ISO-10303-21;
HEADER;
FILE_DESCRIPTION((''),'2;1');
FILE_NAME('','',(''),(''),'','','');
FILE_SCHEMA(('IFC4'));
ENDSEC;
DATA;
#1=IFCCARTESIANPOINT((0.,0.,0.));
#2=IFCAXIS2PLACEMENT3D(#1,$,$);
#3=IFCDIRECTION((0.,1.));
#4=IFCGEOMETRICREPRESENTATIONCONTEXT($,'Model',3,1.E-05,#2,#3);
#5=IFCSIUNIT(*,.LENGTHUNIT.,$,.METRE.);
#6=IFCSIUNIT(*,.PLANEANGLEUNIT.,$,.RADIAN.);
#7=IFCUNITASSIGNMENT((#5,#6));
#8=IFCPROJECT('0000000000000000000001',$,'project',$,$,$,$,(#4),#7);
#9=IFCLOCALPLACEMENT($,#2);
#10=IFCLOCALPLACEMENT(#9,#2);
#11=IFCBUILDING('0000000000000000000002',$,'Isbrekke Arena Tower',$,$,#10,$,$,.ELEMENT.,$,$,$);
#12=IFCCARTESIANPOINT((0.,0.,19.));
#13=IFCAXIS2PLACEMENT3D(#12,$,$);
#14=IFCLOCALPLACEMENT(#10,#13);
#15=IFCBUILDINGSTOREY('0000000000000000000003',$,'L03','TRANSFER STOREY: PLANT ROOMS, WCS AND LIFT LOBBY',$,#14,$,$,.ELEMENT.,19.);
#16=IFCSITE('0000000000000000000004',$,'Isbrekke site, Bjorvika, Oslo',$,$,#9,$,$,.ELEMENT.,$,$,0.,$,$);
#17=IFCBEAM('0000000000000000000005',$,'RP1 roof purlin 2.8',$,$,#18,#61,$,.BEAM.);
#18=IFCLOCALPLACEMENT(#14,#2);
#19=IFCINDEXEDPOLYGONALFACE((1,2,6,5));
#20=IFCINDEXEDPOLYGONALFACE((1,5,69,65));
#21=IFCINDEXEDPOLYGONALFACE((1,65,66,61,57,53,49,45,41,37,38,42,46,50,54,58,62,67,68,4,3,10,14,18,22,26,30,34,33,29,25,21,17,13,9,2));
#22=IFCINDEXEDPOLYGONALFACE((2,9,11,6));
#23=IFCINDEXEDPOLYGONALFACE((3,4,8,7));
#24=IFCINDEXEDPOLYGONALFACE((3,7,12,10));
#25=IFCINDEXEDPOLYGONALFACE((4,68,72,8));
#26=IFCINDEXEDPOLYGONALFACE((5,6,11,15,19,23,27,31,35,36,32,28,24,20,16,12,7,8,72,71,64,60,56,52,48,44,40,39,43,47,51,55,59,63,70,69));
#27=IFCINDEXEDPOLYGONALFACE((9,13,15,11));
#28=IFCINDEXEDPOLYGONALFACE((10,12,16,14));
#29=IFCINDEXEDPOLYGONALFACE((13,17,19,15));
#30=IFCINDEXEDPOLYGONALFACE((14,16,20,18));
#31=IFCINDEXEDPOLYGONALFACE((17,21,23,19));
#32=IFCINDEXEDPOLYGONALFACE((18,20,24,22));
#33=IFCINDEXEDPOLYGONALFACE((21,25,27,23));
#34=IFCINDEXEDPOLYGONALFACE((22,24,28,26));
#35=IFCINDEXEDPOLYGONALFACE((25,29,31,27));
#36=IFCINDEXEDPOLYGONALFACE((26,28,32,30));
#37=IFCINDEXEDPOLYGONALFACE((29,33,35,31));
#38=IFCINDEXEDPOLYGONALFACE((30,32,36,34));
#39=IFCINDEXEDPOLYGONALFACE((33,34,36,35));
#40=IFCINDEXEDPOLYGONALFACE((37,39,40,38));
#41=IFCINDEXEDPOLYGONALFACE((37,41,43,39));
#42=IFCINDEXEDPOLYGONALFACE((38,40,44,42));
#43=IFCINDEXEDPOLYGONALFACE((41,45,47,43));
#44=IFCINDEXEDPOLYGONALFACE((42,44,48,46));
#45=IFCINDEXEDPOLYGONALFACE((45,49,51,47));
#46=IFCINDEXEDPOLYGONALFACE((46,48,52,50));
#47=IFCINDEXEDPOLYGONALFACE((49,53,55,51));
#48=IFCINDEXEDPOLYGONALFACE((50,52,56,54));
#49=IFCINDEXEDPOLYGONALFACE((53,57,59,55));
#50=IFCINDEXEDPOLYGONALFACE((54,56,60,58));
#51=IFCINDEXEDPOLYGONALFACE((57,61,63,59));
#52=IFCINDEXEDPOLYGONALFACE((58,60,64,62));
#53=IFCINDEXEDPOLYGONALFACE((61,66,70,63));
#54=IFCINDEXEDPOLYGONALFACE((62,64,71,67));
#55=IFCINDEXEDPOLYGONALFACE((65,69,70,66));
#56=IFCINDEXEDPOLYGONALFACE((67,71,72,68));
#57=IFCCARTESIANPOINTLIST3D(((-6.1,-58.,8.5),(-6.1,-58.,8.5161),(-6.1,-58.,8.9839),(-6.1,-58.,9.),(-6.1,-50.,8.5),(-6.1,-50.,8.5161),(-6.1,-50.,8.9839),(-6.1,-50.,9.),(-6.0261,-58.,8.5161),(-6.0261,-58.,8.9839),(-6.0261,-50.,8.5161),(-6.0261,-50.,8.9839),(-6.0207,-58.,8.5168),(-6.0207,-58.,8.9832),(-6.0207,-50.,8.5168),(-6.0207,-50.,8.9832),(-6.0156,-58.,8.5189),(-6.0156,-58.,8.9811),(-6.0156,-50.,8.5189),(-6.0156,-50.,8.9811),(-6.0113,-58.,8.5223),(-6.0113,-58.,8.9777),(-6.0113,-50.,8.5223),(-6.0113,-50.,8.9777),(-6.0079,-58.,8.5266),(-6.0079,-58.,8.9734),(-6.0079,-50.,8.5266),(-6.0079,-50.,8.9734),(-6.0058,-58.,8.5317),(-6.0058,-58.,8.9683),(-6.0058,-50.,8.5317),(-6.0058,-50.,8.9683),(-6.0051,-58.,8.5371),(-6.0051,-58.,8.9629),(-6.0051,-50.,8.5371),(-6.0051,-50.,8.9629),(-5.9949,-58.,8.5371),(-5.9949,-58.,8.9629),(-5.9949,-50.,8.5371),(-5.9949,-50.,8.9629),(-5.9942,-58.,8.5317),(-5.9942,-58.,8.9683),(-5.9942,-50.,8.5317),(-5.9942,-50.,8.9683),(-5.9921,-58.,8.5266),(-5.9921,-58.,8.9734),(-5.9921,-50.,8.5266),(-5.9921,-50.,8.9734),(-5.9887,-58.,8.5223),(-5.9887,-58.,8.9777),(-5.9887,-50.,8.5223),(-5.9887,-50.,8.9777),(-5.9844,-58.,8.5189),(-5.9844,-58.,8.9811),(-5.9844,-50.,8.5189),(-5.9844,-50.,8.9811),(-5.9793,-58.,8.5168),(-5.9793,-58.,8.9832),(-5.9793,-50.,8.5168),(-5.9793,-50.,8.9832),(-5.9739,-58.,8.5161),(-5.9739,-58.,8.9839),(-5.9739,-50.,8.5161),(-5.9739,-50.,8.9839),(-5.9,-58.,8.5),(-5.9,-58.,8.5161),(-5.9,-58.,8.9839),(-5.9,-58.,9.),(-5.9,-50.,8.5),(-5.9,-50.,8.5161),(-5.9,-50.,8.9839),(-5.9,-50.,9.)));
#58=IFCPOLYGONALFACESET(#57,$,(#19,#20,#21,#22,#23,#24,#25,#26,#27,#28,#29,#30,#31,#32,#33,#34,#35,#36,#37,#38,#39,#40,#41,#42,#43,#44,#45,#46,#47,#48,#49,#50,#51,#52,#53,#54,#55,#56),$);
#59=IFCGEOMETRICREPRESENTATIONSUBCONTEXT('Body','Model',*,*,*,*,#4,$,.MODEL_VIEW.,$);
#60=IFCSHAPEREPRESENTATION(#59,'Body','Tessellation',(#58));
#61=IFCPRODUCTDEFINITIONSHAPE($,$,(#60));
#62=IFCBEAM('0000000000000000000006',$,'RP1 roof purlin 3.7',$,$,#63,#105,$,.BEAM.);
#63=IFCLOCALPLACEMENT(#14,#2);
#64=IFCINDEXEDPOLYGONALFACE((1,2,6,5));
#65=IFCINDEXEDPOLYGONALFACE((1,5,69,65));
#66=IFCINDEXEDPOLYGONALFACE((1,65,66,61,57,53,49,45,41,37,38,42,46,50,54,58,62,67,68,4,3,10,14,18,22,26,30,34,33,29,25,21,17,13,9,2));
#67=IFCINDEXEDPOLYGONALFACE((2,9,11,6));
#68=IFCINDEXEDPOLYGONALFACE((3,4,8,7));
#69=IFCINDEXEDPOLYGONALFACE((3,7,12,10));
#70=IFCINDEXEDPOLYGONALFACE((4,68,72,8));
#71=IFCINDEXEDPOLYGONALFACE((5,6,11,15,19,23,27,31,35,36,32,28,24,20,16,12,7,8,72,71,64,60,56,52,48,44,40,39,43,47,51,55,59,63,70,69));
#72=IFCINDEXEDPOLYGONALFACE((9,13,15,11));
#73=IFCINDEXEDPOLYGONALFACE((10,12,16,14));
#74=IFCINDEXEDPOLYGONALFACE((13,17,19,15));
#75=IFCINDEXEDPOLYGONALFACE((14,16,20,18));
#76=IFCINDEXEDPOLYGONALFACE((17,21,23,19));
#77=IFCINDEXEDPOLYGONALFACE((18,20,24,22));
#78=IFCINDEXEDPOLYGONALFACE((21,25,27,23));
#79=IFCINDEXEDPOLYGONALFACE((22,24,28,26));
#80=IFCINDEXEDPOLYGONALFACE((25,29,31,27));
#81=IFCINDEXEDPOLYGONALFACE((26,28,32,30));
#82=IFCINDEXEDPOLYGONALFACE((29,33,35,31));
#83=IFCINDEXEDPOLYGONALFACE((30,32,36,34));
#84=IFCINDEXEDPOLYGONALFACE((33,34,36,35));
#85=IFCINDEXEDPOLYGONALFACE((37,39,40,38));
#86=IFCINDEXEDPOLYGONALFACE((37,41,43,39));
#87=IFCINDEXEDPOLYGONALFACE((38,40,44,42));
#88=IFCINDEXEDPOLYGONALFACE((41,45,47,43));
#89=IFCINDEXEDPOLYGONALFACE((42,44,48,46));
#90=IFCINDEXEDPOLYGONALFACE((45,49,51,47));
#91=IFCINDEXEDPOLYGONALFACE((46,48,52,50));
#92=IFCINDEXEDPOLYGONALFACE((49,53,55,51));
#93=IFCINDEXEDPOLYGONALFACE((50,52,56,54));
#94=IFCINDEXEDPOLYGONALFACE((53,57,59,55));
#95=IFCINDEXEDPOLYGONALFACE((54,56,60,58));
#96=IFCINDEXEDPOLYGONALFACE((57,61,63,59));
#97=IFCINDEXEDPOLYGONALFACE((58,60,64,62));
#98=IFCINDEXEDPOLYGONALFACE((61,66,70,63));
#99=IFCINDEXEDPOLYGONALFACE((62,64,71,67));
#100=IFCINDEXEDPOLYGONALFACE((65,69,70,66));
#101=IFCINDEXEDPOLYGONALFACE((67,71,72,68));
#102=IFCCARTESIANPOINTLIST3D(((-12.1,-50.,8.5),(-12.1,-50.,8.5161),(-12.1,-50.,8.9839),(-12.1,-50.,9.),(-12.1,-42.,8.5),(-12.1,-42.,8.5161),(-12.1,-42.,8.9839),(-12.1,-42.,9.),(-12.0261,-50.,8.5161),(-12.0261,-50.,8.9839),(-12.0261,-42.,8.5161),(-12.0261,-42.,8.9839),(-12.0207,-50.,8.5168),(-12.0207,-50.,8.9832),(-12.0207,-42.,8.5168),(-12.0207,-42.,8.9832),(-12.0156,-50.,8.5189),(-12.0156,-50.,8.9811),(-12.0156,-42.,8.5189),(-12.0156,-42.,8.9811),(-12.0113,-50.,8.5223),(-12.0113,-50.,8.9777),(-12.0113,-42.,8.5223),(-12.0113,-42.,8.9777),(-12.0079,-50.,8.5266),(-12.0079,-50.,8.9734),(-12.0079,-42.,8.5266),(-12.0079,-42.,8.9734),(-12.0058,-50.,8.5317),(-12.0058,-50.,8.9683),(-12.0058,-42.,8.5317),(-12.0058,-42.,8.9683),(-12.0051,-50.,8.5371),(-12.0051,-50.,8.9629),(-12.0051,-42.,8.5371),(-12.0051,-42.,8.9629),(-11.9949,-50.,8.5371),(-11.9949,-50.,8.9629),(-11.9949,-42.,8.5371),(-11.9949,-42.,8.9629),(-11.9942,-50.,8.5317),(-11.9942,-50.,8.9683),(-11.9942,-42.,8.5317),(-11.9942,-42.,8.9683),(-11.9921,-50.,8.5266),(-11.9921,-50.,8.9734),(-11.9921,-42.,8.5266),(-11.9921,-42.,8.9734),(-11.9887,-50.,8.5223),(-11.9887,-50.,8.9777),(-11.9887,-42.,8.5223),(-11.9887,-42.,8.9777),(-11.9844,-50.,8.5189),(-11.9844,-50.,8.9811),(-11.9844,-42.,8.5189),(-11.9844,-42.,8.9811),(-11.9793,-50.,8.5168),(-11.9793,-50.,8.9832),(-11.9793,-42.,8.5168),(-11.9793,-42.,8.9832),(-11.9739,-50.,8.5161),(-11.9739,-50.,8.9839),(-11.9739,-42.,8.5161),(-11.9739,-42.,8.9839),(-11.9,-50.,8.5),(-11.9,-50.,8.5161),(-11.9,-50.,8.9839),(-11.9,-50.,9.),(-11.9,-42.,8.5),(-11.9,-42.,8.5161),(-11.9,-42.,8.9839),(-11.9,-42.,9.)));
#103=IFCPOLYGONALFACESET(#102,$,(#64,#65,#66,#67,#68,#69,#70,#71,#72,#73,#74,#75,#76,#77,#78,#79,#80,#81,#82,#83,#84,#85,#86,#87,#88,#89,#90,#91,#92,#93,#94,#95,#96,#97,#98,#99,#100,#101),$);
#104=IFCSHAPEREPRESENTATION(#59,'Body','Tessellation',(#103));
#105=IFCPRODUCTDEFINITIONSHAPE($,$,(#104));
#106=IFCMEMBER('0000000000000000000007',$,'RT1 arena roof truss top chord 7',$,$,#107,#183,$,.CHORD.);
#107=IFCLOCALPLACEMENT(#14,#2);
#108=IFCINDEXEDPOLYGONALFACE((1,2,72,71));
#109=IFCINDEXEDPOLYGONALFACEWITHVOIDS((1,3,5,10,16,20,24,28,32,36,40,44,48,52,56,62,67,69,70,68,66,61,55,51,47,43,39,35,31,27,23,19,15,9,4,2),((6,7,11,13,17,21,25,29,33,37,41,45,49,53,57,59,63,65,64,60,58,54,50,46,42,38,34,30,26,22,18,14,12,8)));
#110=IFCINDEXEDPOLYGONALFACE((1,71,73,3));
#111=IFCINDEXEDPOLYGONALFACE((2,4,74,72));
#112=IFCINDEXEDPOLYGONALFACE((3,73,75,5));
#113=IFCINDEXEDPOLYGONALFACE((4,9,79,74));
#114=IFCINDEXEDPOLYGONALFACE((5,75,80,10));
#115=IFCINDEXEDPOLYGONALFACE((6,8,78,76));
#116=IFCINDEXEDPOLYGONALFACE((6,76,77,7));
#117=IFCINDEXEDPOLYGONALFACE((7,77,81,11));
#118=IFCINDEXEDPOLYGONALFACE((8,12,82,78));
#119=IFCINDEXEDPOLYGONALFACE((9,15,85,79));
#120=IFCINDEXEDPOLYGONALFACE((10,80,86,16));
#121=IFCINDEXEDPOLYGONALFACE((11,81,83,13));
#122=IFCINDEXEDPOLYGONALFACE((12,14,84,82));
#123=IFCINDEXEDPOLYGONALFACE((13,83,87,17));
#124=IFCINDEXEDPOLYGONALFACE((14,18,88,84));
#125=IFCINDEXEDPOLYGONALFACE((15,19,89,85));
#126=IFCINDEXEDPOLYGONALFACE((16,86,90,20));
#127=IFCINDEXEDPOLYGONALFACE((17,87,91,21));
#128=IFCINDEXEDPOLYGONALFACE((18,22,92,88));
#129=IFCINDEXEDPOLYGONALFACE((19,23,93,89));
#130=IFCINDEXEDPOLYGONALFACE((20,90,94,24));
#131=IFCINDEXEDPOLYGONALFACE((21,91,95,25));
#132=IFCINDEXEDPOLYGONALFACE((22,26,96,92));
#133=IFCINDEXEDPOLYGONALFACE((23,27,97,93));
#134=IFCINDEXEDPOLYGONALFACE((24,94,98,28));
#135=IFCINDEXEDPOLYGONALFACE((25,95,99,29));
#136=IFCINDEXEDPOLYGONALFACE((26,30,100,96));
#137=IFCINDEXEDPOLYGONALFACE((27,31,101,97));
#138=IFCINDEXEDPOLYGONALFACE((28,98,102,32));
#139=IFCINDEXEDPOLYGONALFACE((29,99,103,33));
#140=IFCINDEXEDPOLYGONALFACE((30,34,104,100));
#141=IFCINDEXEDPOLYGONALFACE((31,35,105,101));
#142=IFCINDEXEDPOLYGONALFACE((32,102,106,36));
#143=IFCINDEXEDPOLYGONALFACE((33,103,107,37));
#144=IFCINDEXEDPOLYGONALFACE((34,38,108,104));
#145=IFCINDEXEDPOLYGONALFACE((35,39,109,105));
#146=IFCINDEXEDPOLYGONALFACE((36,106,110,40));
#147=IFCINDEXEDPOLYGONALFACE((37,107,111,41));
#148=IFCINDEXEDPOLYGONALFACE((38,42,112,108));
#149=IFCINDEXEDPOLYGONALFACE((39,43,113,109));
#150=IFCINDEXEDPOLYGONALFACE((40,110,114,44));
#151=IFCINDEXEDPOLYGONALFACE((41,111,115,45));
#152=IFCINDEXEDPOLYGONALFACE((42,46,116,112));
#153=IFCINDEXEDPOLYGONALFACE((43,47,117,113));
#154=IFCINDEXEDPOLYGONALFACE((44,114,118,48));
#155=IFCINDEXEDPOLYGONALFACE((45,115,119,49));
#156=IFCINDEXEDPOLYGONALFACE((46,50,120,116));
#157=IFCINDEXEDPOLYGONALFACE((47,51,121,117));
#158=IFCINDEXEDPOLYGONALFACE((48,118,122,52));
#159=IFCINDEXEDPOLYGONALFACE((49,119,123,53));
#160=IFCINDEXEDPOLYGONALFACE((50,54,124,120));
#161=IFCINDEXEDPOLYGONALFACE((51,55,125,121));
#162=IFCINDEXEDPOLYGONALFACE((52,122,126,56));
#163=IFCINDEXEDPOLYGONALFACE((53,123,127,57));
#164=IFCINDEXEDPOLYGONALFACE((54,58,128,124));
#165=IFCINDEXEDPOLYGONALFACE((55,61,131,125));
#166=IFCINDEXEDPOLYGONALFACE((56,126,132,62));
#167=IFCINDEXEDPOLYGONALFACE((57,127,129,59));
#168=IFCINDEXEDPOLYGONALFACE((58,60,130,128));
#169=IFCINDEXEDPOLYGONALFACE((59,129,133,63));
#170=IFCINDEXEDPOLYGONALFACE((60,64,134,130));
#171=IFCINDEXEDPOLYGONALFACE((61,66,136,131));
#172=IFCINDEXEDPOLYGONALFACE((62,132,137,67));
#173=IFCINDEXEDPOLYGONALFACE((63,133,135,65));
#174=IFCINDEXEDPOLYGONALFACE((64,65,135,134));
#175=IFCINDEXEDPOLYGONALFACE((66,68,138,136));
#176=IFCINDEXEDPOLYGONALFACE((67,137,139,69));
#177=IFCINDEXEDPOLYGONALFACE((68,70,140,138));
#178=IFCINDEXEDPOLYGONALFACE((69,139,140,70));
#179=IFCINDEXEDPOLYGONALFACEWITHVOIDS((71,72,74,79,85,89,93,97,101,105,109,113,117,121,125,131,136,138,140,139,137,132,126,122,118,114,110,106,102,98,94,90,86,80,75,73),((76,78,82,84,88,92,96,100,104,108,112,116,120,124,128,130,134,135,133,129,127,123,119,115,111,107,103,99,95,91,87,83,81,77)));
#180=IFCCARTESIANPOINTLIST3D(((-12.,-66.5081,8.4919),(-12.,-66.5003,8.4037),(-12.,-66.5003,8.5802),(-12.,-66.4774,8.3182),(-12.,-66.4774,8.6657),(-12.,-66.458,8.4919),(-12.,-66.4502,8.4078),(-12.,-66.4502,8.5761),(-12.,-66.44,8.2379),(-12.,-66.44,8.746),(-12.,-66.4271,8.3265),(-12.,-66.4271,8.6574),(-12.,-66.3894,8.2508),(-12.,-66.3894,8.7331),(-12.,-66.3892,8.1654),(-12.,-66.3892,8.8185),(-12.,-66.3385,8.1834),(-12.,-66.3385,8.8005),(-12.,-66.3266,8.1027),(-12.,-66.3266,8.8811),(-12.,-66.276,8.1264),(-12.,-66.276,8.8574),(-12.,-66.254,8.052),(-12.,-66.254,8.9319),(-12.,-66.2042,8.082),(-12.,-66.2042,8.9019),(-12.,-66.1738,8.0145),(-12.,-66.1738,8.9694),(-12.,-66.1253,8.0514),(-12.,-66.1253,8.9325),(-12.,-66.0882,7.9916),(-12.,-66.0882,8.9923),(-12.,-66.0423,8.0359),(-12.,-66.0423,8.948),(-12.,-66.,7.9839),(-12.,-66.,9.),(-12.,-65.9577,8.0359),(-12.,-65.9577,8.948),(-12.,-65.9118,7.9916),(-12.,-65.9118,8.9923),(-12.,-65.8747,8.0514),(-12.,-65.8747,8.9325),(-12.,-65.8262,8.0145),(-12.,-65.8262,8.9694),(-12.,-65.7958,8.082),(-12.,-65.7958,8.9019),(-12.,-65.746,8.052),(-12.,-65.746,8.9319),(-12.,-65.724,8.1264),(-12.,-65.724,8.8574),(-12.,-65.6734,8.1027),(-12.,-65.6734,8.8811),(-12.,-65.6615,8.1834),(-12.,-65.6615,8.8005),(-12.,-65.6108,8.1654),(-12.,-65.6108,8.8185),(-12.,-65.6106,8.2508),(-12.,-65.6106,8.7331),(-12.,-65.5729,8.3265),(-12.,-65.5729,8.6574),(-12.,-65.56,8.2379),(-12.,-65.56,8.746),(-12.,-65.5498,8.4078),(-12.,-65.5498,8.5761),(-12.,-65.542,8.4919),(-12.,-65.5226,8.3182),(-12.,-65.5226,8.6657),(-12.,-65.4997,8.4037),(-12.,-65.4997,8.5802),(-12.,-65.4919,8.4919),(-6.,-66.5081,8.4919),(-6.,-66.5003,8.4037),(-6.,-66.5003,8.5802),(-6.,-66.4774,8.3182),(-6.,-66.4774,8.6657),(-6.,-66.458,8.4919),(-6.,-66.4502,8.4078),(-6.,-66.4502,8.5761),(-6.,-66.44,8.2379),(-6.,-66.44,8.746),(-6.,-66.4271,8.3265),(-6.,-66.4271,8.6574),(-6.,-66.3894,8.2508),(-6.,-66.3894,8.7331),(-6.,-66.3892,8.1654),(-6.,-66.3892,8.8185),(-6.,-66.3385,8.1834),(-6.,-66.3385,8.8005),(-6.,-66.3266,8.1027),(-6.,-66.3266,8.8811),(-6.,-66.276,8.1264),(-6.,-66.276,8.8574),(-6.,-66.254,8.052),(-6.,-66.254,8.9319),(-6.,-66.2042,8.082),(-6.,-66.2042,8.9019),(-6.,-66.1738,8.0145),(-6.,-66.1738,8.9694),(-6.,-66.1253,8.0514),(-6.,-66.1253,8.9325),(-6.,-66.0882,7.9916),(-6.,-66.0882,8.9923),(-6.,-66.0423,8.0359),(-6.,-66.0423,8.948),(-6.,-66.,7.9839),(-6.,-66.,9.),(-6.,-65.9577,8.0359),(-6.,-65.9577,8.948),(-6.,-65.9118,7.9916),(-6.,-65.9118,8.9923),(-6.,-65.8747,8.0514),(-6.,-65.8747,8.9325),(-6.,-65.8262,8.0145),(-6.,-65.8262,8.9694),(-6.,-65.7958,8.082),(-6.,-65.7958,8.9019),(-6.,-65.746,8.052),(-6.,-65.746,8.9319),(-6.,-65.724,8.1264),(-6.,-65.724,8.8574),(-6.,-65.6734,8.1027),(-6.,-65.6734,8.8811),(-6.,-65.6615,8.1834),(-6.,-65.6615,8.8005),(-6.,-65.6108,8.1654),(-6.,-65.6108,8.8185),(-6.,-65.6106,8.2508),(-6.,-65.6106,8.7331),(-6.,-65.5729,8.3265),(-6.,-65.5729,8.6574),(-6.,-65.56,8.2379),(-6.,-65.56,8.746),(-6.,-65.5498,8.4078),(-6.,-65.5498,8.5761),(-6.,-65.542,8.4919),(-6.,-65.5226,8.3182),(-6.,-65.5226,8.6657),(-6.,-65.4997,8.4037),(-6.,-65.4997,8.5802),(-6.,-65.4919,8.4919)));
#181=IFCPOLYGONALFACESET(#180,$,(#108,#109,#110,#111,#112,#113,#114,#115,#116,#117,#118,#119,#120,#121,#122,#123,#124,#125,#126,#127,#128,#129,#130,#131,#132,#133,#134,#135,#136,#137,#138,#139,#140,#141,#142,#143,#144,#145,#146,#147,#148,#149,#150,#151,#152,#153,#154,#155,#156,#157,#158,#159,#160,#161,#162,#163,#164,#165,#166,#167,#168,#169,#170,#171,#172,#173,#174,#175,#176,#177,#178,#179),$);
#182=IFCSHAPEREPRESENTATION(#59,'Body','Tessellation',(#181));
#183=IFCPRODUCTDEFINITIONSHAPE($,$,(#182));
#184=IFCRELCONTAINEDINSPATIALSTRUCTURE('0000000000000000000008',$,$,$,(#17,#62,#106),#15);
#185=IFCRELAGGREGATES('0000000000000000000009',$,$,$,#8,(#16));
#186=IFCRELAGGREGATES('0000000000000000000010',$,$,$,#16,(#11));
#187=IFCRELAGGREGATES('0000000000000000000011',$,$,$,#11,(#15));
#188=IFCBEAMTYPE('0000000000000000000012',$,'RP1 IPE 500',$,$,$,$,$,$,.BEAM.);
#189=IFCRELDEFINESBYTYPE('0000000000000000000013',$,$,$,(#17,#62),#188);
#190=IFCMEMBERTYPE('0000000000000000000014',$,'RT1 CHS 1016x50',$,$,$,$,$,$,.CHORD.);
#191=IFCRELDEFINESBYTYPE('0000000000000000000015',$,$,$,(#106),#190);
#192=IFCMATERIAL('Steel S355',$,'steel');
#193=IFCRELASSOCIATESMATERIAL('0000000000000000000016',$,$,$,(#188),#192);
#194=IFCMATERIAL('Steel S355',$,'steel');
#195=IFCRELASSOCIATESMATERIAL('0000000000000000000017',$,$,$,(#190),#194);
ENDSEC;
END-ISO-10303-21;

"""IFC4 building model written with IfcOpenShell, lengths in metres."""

from ifc_helpers import new_model, si_unit, direction, frame, origin, origin_2d, place, context, subcontext, project, spatial, hollow_circle, i_section, extrude, material, material_profile, profile_set, type_object, element, save


model = new_model("IFC4")

# Units and contexts
model_context = context("Model", 3, precision=1e-05, world=origin(), true_north=direction((0.0, 1.0)))
body_context = subcontext(model_context, "Body", "Model", "MODEL_VIEW")
ifc_project = project(units=[si_unit("LENGTHUNIT", "METRE"), si_unit("PLANEANGLEUNIT", "RADIAN")], contexts=[model_context])

# Site, building, storey
site_placement = place(None, origin())
site = spatial("IfcSite", under=ifc_project, at=site_placement, Name="Isbrekke site, Bjorvika, Oslo", CompositionType="ELEMENT", RefElevation=0.0)
building_placement = place(site_placement, origin())
building = spatial("IfcBuilding", under=site, at=building_placement, Name="Isbrekke Arena Tower", CompositionType="ELEMENT")
storey_placement = place(building_placement, frame((0.0, 0.0, 19.0)))
storey = spatial("IfcBuildingStorey", under=building, at=storey_placement, Name="L03", Description="TRANSFER STOREY: PLANT ROOMS, WCS AND LIFT LOBBY", CompositionType="ELEMENT", Elevation=19.0)

# Beams
ifc_material_1 = material(Name="Steel S355", Category="steel")
ifc_material_profile_1 = material_profile(ifc_material_1, i_section(OverallWidth=0.2, OverallDepth=0.5, WebThickness=0.0103, FlangeThickness=0.0161, FilletRadius=0.021, at=origin_2d()), Name="IPE 500")
ifc_profile_set_1 = profile_set([ifc_material_profile_1], Name="Steel S355")
beam_type = type_object("IfcBeamType", Name="RP1 IPE 500", PredefinedType="BEAM", material=ifc_profile_set_1)
for number, where, z_axis, x_axis, name in (
    (1, (-6.0, -58.0, 8.75), (0.0, 1.0, 0.0), (-1.0, 0.0, 0.0), "RP1 roof purlin 2.8"),
    (2, (-12.0, -50.0, 8.75), (0.0, 1.0, 0.0), (-1.0, 0.0, 0.0), "RP1 roof purlin 3.7"),
):
    element("IfcBeam", number, at=place(storey_placement, frame(where, z_axis=z_axis, x_axis=x_axis)), inside=storey, type_object=beam_type, Name=name, PredefinedType="BEAM", context=body_context, shape_type="SweptSolid", body=[
        extrude(i_section(OverallWidth=0.2, OverallDepth=0.5, WebThickness=0.0103, FlangeThickness=0.0161, FilletRadius=0.021, at=origin_2d()), origin(), (0.0, 0.0, 1.0), 8.0),
    ])

# Member
ifc_material_2 = material(Name="Steel S355", Category="steel")
ifc_material_profile_2 = material_profile(ifc_material_2, hollow_circle(Radius=0.5081, WallThickness=0.05, at=origin_2d()), Name="CHS 1016x50")
ifc_profile_set_2 = profile_set([ifc_material_profile_2], Name="Steel S355")
member_type_1 = type_object("IfcMemberType", Name="RT1 CHS 1016x50", PredefinedType="CHORD", material=ifc_profile_set_2)
for number, where, z_axis, x_axis, name in (
    (3, (-12.0, -66.0, 8.4919), (1.0, 0.0, 0.0), (0.0, 1.0, 0.0), "RT1 arena roof truss top chord 7"),
):
    element("IfcMember", number, at=place(storey_placement, frame(where, z_axis=z_axis, x_axis=x_axis)), inside=storey, type_object=member_type_1, Name=name, PredefinedType="CHORD", context=body_context, shape_type="SweptSolid", body=[
        extrude(hollow_circle(Radius=0.5081, WallThickness=0.05, at=origin_2d()), origin(), (0.0, 0.0, 1.0), 6.0),
    ])

save(model, "model.ifc")
